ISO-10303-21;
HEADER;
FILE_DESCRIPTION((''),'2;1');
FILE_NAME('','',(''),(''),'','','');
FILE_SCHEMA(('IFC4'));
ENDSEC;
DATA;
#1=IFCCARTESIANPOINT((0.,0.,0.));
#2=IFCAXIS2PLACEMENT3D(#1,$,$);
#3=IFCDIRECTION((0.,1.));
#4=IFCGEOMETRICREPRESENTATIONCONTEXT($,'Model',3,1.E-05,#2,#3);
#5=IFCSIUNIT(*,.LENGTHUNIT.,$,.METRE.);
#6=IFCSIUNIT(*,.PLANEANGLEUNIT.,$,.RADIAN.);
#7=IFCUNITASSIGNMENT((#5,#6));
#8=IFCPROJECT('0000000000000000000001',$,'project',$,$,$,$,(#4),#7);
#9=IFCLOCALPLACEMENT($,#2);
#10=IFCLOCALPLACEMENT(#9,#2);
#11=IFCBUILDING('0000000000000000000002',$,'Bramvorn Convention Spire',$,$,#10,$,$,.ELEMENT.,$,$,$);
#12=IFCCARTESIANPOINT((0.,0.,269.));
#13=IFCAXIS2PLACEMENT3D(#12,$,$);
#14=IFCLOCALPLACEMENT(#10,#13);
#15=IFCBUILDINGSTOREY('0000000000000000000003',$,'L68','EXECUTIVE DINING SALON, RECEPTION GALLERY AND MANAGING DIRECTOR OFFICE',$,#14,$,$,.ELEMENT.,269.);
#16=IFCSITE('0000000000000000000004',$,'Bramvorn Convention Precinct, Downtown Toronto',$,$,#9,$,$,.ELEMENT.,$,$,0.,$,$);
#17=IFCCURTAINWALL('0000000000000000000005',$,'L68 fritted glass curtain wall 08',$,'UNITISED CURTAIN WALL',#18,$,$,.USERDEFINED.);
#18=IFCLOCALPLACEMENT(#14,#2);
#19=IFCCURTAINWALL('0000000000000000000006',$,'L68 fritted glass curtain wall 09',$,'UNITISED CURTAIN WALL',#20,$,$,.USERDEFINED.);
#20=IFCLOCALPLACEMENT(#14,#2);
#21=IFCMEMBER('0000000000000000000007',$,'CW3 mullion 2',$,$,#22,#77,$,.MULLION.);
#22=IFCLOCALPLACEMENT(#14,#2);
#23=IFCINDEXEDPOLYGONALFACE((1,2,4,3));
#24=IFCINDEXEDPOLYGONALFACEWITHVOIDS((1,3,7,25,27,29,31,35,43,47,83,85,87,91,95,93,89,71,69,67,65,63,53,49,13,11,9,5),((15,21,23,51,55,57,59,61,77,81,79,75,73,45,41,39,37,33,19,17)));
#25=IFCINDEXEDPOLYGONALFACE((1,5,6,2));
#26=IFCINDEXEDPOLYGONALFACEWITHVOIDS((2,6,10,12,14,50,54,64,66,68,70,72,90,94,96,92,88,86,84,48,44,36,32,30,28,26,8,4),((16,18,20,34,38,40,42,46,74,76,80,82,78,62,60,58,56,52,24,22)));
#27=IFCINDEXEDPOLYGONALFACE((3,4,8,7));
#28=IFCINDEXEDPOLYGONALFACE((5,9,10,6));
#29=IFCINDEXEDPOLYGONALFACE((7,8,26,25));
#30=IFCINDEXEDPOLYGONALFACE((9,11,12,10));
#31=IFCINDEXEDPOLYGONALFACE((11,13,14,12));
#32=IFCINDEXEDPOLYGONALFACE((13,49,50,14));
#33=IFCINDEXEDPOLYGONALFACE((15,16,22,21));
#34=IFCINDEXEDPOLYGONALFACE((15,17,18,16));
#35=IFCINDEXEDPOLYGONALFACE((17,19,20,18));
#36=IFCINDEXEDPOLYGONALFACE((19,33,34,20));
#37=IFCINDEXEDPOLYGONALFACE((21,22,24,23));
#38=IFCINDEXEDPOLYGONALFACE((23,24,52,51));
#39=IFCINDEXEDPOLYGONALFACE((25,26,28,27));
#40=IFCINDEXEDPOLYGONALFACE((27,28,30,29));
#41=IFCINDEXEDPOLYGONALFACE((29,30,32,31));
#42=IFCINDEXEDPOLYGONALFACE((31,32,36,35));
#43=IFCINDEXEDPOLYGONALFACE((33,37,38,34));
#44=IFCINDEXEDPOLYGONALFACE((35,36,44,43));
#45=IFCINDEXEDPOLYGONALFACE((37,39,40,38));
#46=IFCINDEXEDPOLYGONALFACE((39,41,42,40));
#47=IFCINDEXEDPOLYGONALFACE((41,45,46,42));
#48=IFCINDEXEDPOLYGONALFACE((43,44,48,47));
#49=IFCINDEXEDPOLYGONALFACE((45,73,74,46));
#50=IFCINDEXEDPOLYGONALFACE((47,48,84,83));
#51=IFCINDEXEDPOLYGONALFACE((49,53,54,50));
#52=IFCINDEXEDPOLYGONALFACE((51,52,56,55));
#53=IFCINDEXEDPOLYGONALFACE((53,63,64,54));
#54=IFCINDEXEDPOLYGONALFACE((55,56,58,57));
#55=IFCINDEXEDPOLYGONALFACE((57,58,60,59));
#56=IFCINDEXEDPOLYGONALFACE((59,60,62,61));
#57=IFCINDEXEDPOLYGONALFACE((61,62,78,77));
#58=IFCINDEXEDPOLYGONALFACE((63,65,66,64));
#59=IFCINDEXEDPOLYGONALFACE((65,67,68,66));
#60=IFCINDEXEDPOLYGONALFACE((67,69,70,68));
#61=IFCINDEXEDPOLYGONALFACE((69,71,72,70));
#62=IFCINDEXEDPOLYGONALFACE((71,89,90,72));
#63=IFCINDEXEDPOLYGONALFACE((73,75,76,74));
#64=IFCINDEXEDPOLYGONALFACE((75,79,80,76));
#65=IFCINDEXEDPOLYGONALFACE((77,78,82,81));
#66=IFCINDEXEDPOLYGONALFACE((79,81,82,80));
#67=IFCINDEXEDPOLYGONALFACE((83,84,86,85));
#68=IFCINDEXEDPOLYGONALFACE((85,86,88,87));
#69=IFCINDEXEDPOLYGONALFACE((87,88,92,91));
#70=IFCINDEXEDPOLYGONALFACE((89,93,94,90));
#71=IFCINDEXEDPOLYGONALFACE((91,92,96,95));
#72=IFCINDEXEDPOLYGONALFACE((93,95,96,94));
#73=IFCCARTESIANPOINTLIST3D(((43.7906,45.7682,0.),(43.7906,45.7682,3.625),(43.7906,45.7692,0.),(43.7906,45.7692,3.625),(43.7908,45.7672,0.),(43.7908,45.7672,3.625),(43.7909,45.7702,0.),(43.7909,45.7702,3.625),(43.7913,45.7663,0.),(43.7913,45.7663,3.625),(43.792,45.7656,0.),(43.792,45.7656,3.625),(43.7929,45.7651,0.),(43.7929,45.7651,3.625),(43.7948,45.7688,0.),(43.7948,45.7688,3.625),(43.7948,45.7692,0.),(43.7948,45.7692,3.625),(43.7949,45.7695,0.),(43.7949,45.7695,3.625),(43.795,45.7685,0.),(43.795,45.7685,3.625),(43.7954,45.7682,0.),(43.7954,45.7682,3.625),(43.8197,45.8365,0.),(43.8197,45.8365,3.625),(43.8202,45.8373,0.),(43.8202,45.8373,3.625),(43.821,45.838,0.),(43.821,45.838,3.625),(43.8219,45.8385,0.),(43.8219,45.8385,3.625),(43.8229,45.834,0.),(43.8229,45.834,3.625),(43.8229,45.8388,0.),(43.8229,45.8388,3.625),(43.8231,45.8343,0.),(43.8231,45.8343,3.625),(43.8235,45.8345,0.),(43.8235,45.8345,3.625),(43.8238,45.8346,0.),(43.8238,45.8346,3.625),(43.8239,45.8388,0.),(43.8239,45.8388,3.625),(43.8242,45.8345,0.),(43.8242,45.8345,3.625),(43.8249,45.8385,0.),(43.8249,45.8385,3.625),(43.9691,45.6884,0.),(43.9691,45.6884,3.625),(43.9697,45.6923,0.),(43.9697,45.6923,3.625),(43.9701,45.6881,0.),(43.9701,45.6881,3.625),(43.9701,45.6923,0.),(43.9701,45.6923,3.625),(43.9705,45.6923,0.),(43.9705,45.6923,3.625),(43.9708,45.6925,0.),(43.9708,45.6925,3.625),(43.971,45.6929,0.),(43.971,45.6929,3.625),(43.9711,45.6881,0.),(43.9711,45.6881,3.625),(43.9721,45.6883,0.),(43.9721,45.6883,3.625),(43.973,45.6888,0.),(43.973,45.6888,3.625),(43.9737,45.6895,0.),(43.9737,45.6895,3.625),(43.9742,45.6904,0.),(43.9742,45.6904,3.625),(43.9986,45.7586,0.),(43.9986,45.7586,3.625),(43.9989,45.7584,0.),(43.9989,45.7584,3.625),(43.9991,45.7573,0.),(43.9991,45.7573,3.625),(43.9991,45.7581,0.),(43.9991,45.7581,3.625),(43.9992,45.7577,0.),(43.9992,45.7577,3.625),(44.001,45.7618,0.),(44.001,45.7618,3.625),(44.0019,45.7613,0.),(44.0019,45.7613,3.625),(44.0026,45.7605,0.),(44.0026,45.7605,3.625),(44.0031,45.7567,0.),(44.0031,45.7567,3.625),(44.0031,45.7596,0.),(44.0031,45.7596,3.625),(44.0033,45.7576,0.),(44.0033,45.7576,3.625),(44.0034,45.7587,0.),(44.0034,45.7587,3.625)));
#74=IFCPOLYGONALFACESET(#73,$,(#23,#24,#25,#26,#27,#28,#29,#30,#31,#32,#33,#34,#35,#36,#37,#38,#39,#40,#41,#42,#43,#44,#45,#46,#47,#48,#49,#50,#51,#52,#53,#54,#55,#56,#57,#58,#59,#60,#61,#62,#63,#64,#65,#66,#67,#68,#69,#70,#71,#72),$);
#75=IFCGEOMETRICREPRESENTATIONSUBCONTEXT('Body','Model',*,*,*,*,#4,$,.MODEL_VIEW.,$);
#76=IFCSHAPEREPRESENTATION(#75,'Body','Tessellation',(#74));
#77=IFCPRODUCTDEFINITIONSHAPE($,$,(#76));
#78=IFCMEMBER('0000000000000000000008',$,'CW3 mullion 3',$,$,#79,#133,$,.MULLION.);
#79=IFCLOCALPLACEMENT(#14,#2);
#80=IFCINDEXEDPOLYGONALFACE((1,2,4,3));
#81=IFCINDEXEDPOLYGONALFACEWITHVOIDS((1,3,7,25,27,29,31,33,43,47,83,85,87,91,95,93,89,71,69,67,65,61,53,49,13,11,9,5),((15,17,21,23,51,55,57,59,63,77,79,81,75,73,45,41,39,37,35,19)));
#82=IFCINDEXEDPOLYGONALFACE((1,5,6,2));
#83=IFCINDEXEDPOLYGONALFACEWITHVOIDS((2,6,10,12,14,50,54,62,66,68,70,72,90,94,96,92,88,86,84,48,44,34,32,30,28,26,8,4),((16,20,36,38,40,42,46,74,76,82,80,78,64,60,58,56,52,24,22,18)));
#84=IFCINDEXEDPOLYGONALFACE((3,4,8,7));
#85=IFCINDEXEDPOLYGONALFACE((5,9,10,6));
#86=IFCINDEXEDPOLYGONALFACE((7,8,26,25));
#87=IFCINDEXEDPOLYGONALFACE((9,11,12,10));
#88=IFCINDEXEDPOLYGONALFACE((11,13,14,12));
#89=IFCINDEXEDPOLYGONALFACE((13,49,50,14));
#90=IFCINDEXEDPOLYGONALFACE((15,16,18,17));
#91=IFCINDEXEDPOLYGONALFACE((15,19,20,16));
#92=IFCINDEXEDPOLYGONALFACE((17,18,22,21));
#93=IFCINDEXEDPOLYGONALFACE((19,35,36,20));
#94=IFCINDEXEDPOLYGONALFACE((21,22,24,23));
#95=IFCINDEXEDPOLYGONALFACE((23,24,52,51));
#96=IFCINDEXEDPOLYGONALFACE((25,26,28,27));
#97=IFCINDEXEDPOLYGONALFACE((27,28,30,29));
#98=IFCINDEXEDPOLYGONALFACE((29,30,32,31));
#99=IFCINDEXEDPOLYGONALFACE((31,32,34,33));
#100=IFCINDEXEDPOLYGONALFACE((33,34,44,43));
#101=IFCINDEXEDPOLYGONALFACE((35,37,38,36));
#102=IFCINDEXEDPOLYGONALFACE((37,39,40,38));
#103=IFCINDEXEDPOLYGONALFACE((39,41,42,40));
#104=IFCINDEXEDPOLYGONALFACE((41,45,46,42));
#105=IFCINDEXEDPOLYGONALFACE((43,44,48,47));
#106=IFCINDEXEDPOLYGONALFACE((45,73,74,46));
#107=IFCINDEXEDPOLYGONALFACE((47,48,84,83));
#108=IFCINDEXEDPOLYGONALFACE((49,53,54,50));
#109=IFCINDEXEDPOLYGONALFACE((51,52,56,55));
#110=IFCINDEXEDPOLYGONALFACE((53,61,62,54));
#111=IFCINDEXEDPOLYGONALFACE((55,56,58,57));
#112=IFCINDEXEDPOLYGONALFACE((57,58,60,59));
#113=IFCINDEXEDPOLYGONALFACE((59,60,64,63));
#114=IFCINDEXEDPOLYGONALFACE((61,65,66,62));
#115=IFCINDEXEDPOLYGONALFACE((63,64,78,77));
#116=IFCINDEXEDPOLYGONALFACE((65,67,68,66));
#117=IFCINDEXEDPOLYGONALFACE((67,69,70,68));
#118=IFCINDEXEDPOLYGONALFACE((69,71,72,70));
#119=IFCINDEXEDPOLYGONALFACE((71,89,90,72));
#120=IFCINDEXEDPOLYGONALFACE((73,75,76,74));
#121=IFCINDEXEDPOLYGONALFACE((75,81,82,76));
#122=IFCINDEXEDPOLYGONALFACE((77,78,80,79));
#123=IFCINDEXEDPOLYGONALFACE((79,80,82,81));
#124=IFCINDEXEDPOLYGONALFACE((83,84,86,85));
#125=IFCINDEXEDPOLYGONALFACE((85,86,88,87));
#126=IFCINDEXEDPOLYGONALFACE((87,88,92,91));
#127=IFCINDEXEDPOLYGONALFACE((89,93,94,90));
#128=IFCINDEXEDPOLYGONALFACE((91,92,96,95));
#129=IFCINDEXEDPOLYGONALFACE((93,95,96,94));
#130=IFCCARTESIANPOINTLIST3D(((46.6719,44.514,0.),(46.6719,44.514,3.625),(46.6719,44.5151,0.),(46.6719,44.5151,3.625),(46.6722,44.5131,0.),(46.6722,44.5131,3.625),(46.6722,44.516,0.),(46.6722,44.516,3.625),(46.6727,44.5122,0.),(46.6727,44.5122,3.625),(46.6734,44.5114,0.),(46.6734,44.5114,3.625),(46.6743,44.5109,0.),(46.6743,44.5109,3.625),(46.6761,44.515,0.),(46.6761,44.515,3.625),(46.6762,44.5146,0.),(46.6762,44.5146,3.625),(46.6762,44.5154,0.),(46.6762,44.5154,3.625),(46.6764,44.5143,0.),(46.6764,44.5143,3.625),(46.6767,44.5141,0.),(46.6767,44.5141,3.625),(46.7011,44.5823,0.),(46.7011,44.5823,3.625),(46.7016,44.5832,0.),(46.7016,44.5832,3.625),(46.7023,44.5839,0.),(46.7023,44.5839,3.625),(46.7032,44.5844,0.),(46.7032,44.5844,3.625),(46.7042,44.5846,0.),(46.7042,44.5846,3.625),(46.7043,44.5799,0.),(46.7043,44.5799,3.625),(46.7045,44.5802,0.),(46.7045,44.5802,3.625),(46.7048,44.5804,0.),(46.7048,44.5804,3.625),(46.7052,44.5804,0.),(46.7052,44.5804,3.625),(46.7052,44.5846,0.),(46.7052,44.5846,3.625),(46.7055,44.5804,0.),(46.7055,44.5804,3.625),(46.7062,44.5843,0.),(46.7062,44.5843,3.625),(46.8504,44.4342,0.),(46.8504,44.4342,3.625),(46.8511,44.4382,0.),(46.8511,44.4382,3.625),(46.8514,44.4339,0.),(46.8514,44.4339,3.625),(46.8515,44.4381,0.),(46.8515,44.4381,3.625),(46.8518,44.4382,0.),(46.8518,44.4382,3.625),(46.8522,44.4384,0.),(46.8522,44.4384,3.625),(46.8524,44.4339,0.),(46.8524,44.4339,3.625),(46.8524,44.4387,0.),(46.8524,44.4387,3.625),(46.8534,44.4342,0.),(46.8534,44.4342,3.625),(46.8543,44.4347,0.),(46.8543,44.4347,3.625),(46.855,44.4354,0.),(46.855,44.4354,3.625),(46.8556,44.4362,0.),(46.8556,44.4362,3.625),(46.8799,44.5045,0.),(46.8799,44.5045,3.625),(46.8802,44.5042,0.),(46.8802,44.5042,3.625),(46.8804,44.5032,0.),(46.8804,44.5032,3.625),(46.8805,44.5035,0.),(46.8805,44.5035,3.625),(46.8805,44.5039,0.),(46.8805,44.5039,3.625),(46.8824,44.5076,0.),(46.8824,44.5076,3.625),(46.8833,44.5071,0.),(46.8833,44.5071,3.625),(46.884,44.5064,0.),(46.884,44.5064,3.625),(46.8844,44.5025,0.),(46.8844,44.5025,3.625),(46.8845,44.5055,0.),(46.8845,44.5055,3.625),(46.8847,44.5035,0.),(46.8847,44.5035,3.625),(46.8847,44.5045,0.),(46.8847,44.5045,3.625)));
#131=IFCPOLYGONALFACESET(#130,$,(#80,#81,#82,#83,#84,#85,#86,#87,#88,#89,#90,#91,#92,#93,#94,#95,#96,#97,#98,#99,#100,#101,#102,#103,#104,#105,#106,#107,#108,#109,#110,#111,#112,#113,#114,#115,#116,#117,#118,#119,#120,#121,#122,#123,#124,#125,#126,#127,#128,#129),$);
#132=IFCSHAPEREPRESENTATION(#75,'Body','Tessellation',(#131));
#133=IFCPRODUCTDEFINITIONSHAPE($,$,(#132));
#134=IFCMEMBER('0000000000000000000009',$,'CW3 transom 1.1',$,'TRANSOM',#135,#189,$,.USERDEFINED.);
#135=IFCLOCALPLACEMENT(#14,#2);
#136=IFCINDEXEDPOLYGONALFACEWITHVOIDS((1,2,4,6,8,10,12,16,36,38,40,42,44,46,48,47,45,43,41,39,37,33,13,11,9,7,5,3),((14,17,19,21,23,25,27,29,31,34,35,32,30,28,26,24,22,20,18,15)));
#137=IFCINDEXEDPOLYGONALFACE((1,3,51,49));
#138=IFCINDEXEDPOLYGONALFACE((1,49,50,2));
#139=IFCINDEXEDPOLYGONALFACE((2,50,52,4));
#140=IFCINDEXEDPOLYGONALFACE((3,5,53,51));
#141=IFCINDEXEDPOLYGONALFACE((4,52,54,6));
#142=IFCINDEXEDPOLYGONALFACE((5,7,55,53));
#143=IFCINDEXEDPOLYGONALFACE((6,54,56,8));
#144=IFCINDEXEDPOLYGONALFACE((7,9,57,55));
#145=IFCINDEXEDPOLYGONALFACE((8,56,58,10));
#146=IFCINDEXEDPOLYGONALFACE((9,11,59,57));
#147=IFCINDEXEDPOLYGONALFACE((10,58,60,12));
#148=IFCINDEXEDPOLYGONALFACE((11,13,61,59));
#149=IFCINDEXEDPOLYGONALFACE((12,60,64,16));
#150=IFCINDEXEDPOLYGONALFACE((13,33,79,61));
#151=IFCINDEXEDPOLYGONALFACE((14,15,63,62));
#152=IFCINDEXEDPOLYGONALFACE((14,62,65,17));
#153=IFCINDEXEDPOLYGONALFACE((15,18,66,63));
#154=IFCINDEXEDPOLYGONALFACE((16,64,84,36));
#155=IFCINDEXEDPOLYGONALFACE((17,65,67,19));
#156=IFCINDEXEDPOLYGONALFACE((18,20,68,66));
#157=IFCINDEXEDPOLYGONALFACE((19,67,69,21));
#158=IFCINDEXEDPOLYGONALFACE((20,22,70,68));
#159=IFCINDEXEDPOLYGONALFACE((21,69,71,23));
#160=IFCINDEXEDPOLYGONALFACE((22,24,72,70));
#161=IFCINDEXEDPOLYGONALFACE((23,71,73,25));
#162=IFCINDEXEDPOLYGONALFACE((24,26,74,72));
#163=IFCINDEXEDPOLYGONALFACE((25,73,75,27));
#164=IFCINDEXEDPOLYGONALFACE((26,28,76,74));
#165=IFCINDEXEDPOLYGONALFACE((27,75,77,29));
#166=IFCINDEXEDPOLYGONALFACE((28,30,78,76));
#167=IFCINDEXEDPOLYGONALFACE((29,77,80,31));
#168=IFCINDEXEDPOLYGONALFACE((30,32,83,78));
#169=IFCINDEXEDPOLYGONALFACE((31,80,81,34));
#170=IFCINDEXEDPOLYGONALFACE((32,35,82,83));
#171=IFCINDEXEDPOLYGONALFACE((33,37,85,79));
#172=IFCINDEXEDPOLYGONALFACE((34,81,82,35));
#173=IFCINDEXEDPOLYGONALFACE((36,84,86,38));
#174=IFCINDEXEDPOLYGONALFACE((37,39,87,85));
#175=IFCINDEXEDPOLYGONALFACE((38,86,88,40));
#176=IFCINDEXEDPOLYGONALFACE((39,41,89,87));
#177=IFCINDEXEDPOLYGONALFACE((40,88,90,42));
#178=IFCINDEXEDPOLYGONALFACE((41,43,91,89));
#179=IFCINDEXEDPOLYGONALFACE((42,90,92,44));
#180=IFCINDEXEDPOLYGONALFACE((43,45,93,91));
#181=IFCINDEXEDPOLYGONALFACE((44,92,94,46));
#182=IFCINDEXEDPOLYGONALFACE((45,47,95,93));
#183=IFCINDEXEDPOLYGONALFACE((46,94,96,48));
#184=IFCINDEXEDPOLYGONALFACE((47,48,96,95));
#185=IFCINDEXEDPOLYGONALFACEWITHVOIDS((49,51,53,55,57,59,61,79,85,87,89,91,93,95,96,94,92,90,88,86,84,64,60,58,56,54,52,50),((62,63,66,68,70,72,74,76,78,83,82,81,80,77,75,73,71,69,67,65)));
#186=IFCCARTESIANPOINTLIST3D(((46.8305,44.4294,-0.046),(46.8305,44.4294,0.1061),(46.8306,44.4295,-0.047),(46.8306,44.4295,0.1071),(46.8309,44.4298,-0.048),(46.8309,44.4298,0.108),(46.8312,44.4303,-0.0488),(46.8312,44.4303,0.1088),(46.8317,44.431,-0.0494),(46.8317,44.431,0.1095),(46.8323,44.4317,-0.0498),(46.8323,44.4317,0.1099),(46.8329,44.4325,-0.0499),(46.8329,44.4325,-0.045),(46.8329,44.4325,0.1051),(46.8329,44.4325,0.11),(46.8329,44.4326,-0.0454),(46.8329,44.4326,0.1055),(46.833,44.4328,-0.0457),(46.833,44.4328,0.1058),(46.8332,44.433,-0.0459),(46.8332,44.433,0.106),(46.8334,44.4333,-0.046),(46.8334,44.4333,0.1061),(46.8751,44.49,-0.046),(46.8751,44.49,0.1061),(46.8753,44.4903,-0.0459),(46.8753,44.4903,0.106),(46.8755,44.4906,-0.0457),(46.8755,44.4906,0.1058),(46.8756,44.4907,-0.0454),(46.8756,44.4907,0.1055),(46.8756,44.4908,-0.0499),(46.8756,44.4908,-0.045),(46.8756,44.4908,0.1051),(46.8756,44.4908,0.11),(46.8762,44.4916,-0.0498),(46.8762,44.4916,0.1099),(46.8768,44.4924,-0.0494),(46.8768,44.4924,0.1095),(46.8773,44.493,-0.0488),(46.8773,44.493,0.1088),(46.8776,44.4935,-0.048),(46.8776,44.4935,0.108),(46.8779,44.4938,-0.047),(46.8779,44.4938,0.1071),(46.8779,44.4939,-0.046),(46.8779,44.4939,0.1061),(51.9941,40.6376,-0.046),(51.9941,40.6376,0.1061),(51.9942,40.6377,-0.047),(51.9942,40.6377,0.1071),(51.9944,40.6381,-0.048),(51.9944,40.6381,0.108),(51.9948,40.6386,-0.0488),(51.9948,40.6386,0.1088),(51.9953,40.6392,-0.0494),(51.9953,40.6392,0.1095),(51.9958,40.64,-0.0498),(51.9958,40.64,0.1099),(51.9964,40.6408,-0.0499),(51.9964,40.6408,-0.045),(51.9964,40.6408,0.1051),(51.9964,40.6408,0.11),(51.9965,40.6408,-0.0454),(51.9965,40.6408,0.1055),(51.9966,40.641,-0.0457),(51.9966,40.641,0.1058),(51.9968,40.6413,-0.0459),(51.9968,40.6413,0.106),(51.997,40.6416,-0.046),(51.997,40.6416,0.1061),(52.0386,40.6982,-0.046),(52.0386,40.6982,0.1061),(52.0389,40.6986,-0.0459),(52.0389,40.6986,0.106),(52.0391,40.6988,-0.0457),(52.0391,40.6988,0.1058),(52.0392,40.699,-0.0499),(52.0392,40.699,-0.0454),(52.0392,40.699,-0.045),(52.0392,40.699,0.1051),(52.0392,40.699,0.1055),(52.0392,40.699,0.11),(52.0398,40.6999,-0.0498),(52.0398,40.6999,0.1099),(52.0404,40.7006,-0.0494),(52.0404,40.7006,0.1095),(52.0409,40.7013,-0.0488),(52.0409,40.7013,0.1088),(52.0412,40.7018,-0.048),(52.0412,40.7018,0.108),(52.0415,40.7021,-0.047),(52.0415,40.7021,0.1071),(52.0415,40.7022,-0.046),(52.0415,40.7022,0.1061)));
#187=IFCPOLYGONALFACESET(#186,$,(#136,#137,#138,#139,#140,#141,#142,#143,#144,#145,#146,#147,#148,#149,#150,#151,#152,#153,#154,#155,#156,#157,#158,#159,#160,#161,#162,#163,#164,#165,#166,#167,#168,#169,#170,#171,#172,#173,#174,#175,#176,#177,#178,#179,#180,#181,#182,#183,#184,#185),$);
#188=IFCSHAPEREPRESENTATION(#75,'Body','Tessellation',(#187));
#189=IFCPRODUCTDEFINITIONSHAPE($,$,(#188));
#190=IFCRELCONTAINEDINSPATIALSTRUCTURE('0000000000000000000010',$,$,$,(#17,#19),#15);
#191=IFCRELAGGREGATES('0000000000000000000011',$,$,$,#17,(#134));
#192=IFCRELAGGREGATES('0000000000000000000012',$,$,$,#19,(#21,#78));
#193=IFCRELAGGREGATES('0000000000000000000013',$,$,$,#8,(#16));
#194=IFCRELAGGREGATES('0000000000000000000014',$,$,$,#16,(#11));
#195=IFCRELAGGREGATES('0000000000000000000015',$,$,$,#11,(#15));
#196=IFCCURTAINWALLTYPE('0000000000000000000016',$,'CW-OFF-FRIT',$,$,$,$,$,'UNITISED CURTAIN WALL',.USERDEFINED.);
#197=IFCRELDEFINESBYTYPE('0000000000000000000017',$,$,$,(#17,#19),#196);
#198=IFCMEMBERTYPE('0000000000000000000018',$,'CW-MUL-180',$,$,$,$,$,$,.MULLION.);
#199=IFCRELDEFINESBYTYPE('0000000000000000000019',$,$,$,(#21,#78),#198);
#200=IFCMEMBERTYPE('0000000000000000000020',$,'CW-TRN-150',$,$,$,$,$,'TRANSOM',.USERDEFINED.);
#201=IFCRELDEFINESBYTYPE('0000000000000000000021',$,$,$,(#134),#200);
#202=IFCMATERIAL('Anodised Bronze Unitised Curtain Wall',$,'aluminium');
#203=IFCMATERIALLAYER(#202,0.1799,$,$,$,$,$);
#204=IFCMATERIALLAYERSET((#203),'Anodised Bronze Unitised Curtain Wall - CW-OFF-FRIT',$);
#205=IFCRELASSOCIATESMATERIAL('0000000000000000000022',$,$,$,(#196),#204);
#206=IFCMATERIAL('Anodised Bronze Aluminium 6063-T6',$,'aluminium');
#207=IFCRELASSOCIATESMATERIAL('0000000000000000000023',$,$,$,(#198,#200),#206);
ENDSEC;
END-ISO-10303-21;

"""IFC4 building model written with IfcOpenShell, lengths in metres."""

from ifc_helpers import new_model, si_unit, direction, frame, origin, origin_2d, place, context, subcontext, project, spatial, hollow_rectangle, extrude, material, layer, layer_set, material_profile, profile_set, type_object, element, aggregate, save


model = new_model("IFC4")

# Units and contexts
model_context = context("Model", 3, precision=1e-05, world=origin(), true_north=direction((0.0, 1.0)))
body_context = subcontext(model_context, "Body", "Model", "MODEL_VIEW")
ifc_project = project(units=[si_unit("LENGTHUNIT", "METRE"), si_unit("PLANEANGLEUNIT", "RADIAN")], contexts=[model_context])

# Site, building, storey
site_placement = place(None, origin())
site = spatial("IfcSite", under=ifc_project, at=site_placement, Name="Bramvorn Convention Precinct, Downtown Toronto", CompositionType="ELEMENT", RefElevation=0.0)
building_placement = place(site_placement, origin())
building = spatial("IfcBuilding", under=site, at=building_placement, Name="Bramvorn Convention Spire", CompositionType="ELEMENT")
storey_placement = place(building_placement, frame((0.0, 0.0, 269.0)))
storey = spatial("IfcBuildingStorey", under=building, at=storey_placement, Name="L68", Description="EXECUTIVE DINING SALON, RECEPTION GALLERY AND MANAGING DIRECTOR OFFICE", CompositionType="ELEMENT", Elevation=269.0)

# Curtain walls, members
ifc_material_1 = material(Name="Anodised Bronze Unitised Curtain Wall", Category="aluminium")
ifc_layer_1 = layer(ifc_material_1, 0.1799)
ifc_layer_set_1 = layer_set([ifc_layer_1], Name="Anodised Bronze Unitised Curtain Wall - CW-OFF-FRIT")
curtain_wall_type = type_object("IfcCurtainWallType", Name="CW-OFF-FRIT", ElementType="UNITISED CURTAIN WALL", PredefinedType="USERDEFINED", material=ifc_layer_set_1)
curtain_wall_1_placement = place(storey_placement, origin())
curtain_wall_1 = element("IfcCurtainWall", 1, at=curtain_wall_1_placement, inside=storey, type_object=curtain_wall_type, Name="L68 fritted glass curtain wall 08", ObjectType="UNITISED CURTAIN WALL", PredefinedType="USERDEFINED")
ifc_material_2 = material(Name="Anodised Bronze Aluminium 6063-T6", Category="aluminium")
ifc_material_profile_1 = material_profile(ifc_material_2, hollow_rectangle(XDim=0.0801, YDim=0.2, WallThickness=0.0039, InnerFilletRadius=0.001, OuterFilletRadius=0.0039, at=origin_2d()))
ifc_profile_set_1 = profile_set([ifc_material_profile_1], Name="Anodised Bronze Aluminium 6063-T6 - CWM80X200")
member_type_1 = type_object("IfcMemberType", Name="CW-MUL-180", PredefinedType="MULLION", material=ifc_profile_set_1)
curtain_wall_2_placement = place(storey_placement, origin())
curtain_wall_2 = element("IfcCurtainWall", 2, at=curtain_wall_2_placement, inside=storey, type_object=curtain_wall_type, Name="L68 fritted glass curtain wall 09", ObjectType="UNITISED CURTAIN WALL", PredefinedType="USERDEFINED")
member_1_placement = place(storey_placement, frame((43.897, 45.7634, 0.0), z_axis=(0.0, 0.0, 1.0), x_axis=(0.399089, 0.916912, 0.0)))
member_1 = element("IfcMember", 3, at=member_1_placement, type_object=member_type_1, Name="CW3 mullion 2", PredefinedType="MULLION", context=body_context, shape_type="SweptSolid", body=[
    extrude(hollow_rectangle(XDim=0.0801, YDim=0.2, WallThickness=0.0039, InnerFilletRadius=0.001, OuterFilletRadius=0.0039, at=origin_2d()), origin(), (0.0, 0.0, 1.0), 3.625),
])
member_2_placement = place(storey_placement, frame((46.7783, 44.5093, 0.0), z_axis=(0.0, 0.0, 1.0), x_axis=(0.399089, 0.916912, 0.0)))
member_2 = element("IfcMember", 4, at=member_2_placement, type_object=member_type_1, Name="CW3 mullion 3", PredefinedType="MULLION", context=body_context, shape_type="SweptSolid", body=[
    extrude(hollow_rectangle(XDim=0.0801, YDim=0.2, WallThickness=0.0039, InnerFilletRadius=0.001, OuterFilletRadius=0.0039, at=origin_2d()), origin(), (0.0, 0.0, 1.0), 3.625),
])

# Member
ifc_material_profile_2 = material_profile(ifc_material_2, hollow_rectangle(XDim=0.0801, YDim=0.1599, WallThickness=0.0039, InnerFilletRadius=0.001, OuterFilletRadius=0.0039, at=origin_2d()))
ifc_profile_set_2 = profile_set([ifc_material_profile_2], Name="Anodised Bronze Aluminium 6063-T6 - CWT80X160")
member_type_2 = type_object("IfcMemberType", Name="CW-TRN-150", ElementType="TRANSOM", PredefinedType="USERDEFINED", material=ifc_profile_set_2)
member_3_placement = place(storey_placement, frame((46.8542, 44.4617, 0.03), z_axis=(0.806023, -0.591884, 0.0), x_axis=(0.591884, 0.806023, 0.0)))
member_3 = element("IfcMember", 5, at=member_3_placement, type_object=member_type_2, Name="CW3 transom 1.1", ObjectType="TRANSOM", PredefinedType="USERDEFINED", context=body_context, shape_type="SweptSolid", body=[
    extrude(hollow_rectangle(XDim=0.0801, YDim=0.1599, WallThickness=0.0039, InnerFilletRadius=0.001, OuterFilletRadius=0.0039, at=origin_2d()), origin(), (0.0, 0.0, 1.0), 6.4062),
])

aggregate(curtain_wall_1, [member_3])
aggregate(curtain_wall_2, [member_1, member_2])

save(model, "model.ifc")
